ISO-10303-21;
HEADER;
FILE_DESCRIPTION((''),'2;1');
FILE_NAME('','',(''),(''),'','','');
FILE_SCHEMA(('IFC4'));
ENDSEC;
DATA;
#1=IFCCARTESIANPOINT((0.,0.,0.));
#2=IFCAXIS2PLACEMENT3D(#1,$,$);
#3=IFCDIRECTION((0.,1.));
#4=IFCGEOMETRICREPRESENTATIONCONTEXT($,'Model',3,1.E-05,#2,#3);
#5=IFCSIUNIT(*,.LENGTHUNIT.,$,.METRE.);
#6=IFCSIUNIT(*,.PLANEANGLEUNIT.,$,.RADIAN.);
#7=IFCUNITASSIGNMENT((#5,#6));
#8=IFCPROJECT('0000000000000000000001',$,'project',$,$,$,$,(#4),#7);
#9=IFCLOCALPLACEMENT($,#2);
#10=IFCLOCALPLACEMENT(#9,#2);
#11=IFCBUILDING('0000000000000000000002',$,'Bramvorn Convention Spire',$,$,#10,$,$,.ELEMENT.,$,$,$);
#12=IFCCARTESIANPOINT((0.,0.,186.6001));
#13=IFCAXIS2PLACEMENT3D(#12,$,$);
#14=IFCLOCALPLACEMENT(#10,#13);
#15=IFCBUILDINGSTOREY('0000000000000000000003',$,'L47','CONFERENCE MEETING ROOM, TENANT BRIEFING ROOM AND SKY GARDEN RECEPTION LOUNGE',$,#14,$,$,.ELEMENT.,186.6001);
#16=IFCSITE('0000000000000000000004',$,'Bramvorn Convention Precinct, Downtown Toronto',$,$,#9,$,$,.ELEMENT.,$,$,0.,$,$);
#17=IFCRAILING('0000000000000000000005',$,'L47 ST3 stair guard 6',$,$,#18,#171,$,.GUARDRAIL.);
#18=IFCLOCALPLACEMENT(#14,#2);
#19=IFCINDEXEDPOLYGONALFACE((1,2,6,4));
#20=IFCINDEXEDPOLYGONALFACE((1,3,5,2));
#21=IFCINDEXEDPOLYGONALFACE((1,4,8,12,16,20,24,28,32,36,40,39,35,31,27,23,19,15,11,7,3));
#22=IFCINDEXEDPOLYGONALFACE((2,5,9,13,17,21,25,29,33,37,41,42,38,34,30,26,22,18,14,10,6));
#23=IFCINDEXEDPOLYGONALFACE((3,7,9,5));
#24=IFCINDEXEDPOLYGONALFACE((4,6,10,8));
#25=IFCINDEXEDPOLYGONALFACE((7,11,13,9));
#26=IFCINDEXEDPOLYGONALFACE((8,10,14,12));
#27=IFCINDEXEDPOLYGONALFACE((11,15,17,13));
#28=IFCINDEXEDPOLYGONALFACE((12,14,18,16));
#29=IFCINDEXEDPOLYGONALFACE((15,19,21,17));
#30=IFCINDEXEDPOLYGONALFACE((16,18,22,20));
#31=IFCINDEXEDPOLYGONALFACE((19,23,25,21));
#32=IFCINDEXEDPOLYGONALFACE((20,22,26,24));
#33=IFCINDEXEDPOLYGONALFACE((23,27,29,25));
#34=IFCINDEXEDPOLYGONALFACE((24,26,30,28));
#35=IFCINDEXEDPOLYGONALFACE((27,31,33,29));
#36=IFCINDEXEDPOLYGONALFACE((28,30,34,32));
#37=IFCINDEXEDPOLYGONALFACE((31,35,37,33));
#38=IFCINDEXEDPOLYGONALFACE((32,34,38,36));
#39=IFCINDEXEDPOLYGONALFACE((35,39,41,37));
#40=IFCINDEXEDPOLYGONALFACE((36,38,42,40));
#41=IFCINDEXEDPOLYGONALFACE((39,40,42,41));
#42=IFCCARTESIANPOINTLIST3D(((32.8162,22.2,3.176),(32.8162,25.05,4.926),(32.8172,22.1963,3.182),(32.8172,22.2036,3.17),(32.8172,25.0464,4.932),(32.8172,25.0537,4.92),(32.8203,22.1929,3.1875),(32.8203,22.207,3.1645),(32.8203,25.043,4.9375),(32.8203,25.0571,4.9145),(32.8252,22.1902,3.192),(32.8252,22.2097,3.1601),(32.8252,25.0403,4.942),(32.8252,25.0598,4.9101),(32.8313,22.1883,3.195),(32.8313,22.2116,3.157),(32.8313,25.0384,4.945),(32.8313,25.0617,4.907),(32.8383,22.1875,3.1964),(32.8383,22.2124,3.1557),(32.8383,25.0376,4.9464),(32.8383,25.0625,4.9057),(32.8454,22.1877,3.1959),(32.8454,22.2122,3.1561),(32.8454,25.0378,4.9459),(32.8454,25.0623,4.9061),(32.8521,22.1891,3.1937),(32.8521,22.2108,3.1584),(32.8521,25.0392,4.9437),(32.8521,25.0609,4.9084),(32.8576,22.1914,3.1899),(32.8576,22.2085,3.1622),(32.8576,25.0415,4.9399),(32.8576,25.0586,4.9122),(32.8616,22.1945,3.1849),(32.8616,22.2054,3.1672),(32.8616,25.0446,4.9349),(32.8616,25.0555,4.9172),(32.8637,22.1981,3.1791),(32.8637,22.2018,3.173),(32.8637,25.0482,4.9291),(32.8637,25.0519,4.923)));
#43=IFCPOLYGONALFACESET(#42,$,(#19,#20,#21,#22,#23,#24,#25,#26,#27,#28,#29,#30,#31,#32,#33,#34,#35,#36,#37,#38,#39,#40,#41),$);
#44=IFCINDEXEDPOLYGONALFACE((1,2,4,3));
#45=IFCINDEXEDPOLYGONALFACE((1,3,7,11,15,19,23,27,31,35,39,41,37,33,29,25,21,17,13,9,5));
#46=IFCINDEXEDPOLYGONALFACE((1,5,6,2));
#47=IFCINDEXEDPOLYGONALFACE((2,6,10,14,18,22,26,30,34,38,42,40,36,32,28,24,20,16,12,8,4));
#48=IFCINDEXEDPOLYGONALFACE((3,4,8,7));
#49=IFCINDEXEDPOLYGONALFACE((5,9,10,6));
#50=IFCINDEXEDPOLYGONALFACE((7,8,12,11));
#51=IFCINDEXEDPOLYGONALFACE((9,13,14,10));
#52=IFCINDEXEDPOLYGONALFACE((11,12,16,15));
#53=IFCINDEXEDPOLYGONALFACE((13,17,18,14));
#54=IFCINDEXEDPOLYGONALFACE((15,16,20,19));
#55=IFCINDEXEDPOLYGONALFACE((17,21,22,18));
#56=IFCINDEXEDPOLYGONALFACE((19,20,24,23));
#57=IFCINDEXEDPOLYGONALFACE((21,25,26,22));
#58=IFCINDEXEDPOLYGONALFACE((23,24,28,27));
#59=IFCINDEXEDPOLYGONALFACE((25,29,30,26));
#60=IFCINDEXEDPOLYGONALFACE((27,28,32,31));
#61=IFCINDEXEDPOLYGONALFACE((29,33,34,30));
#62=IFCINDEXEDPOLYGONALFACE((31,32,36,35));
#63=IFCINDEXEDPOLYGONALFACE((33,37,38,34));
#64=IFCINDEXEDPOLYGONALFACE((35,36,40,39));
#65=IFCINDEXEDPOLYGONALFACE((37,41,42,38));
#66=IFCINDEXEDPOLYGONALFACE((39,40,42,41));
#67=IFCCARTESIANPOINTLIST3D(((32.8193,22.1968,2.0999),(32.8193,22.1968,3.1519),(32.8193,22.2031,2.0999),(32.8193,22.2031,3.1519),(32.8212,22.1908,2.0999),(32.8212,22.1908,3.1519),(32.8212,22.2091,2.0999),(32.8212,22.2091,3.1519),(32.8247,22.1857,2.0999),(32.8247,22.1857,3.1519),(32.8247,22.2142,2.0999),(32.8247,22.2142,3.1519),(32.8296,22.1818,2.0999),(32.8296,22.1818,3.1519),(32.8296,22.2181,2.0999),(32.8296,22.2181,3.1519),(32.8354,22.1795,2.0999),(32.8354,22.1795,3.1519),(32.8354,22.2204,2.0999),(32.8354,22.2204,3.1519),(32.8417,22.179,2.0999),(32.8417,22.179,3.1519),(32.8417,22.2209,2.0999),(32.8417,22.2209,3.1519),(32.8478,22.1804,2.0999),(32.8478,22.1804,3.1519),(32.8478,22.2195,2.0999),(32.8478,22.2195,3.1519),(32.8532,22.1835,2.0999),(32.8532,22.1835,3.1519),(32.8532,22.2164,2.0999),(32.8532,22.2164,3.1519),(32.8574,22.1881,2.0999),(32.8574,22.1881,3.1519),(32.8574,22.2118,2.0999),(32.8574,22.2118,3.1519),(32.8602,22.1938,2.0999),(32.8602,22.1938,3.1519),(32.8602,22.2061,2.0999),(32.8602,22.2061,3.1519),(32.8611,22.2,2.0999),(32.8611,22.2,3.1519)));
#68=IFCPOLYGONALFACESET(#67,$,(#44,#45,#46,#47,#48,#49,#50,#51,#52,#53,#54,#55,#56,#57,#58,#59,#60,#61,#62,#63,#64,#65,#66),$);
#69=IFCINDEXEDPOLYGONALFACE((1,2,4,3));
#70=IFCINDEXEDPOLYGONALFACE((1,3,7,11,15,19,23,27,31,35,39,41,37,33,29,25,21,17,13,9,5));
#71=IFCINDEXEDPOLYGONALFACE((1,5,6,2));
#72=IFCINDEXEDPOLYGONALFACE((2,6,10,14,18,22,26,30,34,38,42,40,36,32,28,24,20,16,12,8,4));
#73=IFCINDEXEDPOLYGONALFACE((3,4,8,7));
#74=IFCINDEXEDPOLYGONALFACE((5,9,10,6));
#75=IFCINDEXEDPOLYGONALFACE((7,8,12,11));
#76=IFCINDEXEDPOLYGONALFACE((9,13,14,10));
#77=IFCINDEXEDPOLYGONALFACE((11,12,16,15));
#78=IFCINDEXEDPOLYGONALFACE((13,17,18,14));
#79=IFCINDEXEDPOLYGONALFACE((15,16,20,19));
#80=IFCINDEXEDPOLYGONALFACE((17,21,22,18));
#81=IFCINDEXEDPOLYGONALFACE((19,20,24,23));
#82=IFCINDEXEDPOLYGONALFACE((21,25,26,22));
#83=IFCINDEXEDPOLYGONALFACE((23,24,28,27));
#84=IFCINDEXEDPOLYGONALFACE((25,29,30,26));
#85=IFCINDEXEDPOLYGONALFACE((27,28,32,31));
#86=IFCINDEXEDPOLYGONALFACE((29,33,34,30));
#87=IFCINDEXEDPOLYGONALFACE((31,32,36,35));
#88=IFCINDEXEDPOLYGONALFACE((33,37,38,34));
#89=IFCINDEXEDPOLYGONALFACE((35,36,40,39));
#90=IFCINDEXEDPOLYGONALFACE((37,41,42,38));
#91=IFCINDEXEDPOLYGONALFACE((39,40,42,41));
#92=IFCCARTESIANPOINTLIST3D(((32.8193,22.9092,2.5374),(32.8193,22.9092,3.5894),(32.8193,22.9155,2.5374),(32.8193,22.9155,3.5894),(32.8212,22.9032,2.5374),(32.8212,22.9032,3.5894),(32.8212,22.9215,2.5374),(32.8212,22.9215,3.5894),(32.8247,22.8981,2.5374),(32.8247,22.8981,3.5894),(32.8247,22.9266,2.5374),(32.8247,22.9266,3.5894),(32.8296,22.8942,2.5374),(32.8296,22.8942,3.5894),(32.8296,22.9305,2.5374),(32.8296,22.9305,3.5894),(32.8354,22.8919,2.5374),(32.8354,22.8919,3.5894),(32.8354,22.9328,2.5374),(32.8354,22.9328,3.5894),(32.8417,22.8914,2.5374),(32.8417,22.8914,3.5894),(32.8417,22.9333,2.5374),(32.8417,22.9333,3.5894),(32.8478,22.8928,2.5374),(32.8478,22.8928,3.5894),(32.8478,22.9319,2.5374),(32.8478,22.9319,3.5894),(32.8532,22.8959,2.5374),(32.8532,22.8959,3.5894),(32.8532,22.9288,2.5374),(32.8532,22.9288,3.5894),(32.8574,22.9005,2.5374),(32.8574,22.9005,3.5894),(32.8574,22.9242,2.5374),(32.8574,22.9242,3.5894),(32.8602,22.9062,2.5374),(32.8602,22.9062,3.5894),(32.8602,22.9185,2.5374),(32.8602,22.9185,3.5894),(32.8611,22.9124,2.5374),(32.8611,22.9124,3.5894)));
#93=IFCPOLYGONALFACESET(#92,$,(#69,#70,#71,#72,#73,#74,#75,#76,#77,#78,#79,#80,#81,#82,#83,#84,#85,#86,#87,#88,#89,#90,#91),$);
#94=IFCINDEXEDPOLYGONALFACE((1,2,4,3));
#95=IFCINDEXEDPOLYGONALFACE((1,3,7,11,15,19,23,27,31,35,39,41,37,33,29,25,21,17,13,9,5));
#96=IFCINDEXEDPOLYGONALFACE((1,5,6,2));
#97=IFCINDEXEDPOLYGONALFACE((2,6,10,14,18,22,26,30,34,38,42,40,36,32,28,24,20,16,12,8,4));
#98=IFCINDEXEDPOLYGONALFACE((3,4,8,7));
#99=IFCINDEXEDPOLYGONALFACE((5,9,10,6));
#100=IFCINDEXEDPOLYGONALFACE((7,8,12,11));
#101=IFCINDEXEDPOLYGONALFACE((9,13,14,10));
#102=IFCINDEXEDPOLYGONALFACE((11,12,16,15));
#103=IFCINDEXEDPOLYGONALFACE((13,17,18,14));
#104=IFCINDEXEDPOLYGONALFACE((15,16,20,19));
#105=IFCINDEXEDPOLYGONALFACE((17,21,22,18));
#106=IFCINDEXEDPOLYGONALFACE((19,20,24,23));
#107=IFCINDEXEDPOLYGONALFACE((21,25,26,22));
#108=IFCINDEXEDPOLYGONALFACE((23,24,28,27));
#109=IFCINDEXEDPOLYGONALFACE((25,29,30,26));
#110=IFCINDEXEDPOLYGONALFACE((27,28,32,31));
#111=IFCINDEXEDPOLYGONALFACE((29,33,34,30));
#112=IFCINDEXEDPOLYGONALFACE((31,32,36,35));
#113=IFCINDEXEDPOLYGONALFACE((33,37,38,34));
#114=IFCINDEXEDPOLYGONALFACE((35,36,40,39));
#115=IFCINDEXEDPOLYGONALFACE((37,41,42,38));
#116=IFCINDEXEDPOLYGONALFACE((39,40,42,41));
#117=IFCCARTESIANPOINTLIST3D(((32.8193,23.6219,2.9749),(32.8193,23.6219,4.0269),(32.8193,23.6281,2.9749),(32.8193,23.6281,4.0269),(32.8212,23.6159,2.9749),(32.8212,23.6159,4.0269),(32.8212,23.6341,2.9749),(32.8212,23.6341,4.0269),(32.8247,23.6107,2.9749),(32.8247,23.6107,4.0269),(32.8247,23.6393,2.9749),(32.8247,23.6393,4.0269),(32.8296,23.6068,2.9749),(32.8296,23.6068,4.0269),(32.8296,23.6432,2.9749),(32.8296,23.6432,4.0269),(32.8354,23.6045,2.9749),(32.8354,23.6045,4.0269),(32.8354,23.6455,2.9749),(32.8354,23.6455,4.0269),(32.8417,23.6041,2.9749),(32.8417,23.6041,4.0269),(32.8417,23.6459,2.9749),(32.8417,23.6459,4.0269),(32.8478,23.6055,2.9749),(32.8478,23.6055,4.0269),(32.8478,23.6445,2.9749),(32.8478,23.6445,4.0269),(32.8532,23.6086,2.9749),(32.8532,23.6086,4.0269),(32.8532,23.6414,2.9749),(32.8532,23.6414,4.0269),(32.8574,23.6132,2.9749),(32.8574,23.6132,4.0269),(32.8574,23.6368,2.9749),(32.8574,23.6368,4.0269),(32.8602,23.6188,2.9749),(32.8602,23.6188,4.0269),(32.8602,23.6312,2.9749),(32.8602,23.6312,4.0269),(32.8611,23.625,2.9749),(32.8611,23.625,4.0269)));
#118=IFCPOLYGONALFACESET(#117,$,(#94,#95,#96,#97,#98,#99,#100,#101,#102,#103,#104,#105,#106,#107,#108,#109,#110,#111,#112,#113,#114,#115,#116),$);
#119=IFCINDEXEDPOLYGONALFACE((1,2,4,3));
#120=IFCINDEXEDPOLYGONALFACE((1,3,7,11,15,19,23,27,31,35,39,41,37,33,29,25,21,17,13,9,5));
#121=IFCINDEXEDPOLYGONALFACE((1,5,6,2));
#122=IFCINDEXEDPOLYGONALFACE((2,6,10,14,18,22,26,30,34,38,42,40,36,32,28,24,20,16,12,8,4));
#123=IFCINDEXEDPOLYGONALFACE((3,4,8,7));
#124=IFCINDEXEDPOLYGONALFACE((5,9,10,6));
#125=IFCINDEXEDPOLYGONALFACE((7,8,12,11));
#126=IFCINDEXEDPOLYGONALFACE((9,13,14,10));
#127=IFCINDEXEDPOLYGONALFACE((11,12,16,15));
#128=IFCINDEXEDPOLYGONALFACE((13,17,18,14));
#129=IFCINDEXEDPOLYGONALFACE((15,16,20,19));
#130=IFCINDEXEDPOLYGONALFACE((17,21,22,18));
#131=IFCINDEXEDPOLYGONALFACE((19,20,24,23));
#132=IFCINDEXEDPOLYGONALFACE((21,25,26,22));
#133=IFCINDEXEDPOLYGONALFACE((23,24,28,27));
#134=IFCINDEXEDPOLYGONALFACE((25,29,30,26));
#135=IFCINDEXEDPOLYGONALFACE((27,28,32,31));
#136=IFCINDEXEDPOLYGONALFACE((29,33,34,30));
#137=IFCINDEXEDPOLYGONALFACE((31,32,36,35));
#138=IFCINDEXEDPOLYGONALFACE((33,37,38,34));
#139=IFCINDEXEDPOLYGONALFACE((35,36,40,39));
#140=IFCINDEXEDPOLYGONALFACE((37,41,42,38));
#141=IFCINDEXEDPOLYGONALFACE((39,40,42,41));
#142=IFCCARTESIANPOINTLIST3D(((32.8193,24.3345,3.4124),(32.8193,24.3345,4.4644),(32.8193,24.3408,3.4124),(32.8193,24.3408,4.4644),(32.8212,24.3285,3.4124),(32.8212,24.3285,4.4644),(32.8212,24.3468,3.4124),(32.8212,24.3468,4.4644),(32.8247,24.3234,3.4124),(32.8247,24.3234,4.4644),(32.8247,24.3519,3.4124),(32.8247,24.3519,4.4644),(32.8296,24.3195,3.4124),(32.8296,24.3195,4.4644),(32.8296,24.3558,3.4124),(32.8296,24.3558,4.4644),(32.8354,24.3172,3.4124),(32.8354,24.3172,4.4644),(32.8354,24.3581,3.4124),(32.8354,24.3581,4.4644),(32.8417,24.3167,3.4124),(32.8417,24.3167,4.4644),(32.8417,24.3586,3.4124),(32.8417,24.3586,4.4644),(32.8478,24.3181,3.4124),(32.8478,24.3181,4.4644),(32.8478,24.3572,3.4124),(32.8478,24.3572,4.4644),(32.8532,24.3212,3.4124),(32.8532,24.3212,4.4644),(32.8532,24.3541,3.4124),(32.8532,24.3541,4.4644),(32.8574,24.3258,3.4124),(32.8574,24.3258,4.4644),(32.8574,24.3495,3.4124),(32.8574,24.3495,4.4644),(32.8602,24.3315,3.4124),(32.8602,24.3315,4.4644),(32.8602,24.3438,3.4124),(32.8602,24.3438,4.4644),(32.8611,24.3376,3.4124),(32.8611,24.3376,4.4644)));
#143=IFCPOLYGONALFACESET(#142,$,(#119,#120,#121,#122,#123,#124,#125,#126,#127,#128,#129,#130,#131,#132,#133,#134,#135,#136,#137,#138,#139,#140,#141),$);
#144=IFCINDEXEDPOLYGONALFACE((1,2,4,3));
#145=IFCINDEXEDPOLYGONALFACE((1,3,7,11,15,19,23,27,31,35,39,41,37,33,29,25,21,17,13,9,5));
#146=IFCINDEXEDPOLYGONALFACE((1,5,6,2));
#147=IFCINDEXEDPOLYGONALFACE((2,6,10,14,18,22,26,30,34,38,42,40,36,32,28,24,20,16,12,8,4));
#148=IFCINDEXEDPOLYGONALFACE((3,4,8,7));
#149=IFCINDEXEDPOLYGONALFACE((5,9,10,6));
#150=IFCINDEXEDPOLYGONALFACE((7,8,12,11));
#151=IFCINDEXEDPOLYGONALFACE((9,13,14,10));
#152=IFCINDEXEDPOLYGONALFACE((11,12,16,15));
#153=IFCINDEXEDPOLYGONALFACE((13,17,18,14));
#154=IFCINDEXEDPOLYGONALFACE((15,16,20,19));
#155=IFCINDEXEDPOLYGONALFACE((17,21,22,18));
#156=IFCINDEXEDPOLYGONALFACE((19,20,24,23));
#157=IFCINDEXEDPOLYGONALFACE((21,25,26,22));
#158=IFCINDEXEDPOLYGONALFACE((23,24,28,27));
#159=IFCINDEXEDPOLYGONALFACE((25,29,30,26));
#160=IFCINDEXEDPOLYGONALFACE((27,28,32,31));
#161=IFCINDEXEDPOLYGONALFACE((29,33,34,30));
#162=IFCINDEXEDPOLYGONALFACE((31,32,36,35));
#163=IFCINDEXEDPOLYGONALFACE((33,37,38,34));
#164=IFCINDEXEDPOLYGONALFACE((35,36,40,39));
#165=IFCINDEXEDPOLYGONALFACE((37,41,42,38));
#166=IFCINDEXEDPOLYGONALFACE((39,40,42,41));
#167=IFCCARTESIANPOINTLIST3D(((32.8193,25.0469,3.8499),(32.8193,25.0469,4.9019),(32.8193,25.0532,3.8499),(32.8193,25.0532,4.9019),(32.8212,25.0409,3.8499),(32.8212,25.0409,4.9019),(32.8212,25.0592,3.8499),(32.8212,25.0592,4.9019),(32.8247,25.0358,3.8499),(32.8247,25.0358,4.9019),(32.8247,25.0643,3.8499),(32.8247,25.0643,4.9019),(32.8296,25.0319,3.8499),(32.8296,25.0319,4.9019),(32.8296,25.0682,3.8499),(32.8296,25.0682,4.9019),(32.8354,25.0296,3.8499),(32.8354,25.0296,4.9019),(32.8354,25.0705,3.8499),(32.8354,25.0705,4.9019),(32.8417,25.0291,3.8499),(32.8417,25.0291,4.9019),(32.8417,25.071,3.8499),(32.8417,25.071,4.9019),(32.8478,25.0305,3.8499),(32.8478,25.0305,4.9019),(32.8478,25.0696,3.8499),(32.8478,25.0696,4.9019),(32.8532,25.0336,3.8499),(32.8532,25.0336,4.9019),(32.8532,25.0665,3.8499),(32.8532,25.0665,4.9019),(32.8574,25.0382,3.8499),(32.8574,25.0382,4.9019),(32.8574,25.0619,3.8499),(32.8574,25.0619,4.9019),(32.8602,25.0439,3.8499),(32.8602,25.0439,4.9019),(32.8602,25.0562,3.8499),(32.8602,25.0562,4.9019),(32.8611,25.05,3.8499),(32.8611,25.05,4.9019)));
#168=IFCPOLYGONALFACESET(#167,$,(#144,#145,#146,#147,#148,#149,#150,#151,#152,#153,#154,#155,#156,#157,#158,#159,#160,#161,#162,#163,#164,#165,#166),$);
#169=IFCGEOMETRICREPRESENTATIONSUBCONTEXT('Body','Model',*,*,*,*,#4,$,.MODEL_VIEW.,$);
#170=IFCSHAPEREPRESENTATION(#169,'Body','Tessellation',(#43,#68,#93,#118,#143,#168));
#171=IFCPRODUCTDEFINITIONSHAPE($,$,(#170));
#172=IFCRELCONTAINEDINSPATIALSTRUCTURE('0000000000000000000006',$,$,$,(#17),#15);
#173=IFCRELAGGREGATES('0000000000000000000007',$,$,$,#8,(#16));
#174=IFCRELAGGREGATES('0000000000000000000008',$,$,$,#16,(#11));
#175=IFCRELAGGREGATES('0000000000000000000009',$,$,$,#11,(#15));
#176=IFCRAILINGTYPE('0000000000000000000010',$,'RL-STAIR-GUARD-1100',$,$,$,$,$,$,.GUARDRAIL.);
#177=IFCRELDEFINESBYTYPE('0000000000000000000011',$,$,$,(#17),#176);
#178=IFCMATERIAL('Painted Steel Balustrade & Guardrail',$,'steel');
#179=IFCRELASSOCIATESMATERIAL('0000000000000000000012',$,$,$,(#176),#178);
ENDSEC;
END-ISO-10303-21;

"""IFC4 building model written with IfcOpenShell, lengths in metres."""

from ifc_helpers import new_model, si_unit, direction, frame, origin, origin_2d, place, context, subcontext, project, spatial, circle, extrude, material, type_object, element, save


model = new_model("IFC4")

# Units and contexts
model_context = context("Model", 3, precision=1e-05, world=origin(), true_north=direction((0.0, 1.0)))
body_context = subcontext(model_context, "Body", "Model", "MODEL_VIEW")
ifc_project = project(units=[si_unit("LENGTHUNIT", "METRE"), si_unit("PLANEANGLEUNIT", "RADIAN")], contexts=[model_context])

# Site, building, storey
site_placement = place(None, origin())
site = spatial("IfcSite", under=ifc_project, at=site_placement, Name="Bramvorn Convention Precinct, Downtown Toronto", CompositionType="ELEMENT", RefElevation=0.0)
building_placement = place(site_placement, origin())
building = spatial("IfcBuilding", under=site, at=building_placement, Name="Bramvorn Convention Spire", CompositionType="ELEMENT")
storey_placement = place(building_placement, frame((0.0, 0.0, 186.6001)))
storey = spatial("IfcBuildingStorey", under=building, at=storey_placement, Name="L47", Description="CONFERENCE MEETING ROOM, TENANT BRIEFING ROOM AND SKY GARDEN RECEPTION LOUNGE", CompositionType="ELEMENT", Elevation=186.6001)

# Railing
ifc_material_1 = material(Name="Painted Steel Balustrade & Guardrail", Category="steel")
railing_type_1 = type_object("IfcRailingType", Name="RL-STAIR-GUARD-1100", PredefinedType="GUARDRAIL", material=ifc_material_1)
railing_1_placement = place(storey_placement, frame((32.8401, 22.2, 2.0999)))
element("IfcRailing", 1, at=railing_1_placement, inside=storey, type_object=railing_type_1, Name="L47 ST3 stair guard 6", PredefinedType="GUARDRAIL", context=body_context, shape_type="SweptSolid", body=[
    extrude(circle(Radius=0.0239, at=origin_2d()), frame((0.0, 0.0, 1.0762), z_axis=(0.0, 0.852179, 0.52325), x_axis=(-1.0, 0.0, 0.0)), (0.0, 0.0, 1.0), 3.3445),
    extrude(circle(Radius=0.021, at=origin_2d()), origin(), (0.0, 0.0, 1.0), 1.052),
    extrude(circle(Radius=0.021, at=origin_2d()), frame((0.0, 0.7124, 0.4375)), (0.0, 0.0, 1.0), 1.052),
    extrude(circle(Radius=0.021, at=origin_2d()), frame((0.0, 1.425, 0.875)), (0.0, 0.0, 1.0), 1.052),
    extrude(circle(Radius=0.021, at=origin_2d()), frame((0.0, 2.1377, 1.3125)), (0.0, 0.0, 1.0), 1.052),
    extrude(circle(Radius=0.021, at=origin_2d()), frame((0.0, 2.8501, 1.75)), (0.0, 0.0, 1.0), 1.052),
])

save(model, "model.ifc")
